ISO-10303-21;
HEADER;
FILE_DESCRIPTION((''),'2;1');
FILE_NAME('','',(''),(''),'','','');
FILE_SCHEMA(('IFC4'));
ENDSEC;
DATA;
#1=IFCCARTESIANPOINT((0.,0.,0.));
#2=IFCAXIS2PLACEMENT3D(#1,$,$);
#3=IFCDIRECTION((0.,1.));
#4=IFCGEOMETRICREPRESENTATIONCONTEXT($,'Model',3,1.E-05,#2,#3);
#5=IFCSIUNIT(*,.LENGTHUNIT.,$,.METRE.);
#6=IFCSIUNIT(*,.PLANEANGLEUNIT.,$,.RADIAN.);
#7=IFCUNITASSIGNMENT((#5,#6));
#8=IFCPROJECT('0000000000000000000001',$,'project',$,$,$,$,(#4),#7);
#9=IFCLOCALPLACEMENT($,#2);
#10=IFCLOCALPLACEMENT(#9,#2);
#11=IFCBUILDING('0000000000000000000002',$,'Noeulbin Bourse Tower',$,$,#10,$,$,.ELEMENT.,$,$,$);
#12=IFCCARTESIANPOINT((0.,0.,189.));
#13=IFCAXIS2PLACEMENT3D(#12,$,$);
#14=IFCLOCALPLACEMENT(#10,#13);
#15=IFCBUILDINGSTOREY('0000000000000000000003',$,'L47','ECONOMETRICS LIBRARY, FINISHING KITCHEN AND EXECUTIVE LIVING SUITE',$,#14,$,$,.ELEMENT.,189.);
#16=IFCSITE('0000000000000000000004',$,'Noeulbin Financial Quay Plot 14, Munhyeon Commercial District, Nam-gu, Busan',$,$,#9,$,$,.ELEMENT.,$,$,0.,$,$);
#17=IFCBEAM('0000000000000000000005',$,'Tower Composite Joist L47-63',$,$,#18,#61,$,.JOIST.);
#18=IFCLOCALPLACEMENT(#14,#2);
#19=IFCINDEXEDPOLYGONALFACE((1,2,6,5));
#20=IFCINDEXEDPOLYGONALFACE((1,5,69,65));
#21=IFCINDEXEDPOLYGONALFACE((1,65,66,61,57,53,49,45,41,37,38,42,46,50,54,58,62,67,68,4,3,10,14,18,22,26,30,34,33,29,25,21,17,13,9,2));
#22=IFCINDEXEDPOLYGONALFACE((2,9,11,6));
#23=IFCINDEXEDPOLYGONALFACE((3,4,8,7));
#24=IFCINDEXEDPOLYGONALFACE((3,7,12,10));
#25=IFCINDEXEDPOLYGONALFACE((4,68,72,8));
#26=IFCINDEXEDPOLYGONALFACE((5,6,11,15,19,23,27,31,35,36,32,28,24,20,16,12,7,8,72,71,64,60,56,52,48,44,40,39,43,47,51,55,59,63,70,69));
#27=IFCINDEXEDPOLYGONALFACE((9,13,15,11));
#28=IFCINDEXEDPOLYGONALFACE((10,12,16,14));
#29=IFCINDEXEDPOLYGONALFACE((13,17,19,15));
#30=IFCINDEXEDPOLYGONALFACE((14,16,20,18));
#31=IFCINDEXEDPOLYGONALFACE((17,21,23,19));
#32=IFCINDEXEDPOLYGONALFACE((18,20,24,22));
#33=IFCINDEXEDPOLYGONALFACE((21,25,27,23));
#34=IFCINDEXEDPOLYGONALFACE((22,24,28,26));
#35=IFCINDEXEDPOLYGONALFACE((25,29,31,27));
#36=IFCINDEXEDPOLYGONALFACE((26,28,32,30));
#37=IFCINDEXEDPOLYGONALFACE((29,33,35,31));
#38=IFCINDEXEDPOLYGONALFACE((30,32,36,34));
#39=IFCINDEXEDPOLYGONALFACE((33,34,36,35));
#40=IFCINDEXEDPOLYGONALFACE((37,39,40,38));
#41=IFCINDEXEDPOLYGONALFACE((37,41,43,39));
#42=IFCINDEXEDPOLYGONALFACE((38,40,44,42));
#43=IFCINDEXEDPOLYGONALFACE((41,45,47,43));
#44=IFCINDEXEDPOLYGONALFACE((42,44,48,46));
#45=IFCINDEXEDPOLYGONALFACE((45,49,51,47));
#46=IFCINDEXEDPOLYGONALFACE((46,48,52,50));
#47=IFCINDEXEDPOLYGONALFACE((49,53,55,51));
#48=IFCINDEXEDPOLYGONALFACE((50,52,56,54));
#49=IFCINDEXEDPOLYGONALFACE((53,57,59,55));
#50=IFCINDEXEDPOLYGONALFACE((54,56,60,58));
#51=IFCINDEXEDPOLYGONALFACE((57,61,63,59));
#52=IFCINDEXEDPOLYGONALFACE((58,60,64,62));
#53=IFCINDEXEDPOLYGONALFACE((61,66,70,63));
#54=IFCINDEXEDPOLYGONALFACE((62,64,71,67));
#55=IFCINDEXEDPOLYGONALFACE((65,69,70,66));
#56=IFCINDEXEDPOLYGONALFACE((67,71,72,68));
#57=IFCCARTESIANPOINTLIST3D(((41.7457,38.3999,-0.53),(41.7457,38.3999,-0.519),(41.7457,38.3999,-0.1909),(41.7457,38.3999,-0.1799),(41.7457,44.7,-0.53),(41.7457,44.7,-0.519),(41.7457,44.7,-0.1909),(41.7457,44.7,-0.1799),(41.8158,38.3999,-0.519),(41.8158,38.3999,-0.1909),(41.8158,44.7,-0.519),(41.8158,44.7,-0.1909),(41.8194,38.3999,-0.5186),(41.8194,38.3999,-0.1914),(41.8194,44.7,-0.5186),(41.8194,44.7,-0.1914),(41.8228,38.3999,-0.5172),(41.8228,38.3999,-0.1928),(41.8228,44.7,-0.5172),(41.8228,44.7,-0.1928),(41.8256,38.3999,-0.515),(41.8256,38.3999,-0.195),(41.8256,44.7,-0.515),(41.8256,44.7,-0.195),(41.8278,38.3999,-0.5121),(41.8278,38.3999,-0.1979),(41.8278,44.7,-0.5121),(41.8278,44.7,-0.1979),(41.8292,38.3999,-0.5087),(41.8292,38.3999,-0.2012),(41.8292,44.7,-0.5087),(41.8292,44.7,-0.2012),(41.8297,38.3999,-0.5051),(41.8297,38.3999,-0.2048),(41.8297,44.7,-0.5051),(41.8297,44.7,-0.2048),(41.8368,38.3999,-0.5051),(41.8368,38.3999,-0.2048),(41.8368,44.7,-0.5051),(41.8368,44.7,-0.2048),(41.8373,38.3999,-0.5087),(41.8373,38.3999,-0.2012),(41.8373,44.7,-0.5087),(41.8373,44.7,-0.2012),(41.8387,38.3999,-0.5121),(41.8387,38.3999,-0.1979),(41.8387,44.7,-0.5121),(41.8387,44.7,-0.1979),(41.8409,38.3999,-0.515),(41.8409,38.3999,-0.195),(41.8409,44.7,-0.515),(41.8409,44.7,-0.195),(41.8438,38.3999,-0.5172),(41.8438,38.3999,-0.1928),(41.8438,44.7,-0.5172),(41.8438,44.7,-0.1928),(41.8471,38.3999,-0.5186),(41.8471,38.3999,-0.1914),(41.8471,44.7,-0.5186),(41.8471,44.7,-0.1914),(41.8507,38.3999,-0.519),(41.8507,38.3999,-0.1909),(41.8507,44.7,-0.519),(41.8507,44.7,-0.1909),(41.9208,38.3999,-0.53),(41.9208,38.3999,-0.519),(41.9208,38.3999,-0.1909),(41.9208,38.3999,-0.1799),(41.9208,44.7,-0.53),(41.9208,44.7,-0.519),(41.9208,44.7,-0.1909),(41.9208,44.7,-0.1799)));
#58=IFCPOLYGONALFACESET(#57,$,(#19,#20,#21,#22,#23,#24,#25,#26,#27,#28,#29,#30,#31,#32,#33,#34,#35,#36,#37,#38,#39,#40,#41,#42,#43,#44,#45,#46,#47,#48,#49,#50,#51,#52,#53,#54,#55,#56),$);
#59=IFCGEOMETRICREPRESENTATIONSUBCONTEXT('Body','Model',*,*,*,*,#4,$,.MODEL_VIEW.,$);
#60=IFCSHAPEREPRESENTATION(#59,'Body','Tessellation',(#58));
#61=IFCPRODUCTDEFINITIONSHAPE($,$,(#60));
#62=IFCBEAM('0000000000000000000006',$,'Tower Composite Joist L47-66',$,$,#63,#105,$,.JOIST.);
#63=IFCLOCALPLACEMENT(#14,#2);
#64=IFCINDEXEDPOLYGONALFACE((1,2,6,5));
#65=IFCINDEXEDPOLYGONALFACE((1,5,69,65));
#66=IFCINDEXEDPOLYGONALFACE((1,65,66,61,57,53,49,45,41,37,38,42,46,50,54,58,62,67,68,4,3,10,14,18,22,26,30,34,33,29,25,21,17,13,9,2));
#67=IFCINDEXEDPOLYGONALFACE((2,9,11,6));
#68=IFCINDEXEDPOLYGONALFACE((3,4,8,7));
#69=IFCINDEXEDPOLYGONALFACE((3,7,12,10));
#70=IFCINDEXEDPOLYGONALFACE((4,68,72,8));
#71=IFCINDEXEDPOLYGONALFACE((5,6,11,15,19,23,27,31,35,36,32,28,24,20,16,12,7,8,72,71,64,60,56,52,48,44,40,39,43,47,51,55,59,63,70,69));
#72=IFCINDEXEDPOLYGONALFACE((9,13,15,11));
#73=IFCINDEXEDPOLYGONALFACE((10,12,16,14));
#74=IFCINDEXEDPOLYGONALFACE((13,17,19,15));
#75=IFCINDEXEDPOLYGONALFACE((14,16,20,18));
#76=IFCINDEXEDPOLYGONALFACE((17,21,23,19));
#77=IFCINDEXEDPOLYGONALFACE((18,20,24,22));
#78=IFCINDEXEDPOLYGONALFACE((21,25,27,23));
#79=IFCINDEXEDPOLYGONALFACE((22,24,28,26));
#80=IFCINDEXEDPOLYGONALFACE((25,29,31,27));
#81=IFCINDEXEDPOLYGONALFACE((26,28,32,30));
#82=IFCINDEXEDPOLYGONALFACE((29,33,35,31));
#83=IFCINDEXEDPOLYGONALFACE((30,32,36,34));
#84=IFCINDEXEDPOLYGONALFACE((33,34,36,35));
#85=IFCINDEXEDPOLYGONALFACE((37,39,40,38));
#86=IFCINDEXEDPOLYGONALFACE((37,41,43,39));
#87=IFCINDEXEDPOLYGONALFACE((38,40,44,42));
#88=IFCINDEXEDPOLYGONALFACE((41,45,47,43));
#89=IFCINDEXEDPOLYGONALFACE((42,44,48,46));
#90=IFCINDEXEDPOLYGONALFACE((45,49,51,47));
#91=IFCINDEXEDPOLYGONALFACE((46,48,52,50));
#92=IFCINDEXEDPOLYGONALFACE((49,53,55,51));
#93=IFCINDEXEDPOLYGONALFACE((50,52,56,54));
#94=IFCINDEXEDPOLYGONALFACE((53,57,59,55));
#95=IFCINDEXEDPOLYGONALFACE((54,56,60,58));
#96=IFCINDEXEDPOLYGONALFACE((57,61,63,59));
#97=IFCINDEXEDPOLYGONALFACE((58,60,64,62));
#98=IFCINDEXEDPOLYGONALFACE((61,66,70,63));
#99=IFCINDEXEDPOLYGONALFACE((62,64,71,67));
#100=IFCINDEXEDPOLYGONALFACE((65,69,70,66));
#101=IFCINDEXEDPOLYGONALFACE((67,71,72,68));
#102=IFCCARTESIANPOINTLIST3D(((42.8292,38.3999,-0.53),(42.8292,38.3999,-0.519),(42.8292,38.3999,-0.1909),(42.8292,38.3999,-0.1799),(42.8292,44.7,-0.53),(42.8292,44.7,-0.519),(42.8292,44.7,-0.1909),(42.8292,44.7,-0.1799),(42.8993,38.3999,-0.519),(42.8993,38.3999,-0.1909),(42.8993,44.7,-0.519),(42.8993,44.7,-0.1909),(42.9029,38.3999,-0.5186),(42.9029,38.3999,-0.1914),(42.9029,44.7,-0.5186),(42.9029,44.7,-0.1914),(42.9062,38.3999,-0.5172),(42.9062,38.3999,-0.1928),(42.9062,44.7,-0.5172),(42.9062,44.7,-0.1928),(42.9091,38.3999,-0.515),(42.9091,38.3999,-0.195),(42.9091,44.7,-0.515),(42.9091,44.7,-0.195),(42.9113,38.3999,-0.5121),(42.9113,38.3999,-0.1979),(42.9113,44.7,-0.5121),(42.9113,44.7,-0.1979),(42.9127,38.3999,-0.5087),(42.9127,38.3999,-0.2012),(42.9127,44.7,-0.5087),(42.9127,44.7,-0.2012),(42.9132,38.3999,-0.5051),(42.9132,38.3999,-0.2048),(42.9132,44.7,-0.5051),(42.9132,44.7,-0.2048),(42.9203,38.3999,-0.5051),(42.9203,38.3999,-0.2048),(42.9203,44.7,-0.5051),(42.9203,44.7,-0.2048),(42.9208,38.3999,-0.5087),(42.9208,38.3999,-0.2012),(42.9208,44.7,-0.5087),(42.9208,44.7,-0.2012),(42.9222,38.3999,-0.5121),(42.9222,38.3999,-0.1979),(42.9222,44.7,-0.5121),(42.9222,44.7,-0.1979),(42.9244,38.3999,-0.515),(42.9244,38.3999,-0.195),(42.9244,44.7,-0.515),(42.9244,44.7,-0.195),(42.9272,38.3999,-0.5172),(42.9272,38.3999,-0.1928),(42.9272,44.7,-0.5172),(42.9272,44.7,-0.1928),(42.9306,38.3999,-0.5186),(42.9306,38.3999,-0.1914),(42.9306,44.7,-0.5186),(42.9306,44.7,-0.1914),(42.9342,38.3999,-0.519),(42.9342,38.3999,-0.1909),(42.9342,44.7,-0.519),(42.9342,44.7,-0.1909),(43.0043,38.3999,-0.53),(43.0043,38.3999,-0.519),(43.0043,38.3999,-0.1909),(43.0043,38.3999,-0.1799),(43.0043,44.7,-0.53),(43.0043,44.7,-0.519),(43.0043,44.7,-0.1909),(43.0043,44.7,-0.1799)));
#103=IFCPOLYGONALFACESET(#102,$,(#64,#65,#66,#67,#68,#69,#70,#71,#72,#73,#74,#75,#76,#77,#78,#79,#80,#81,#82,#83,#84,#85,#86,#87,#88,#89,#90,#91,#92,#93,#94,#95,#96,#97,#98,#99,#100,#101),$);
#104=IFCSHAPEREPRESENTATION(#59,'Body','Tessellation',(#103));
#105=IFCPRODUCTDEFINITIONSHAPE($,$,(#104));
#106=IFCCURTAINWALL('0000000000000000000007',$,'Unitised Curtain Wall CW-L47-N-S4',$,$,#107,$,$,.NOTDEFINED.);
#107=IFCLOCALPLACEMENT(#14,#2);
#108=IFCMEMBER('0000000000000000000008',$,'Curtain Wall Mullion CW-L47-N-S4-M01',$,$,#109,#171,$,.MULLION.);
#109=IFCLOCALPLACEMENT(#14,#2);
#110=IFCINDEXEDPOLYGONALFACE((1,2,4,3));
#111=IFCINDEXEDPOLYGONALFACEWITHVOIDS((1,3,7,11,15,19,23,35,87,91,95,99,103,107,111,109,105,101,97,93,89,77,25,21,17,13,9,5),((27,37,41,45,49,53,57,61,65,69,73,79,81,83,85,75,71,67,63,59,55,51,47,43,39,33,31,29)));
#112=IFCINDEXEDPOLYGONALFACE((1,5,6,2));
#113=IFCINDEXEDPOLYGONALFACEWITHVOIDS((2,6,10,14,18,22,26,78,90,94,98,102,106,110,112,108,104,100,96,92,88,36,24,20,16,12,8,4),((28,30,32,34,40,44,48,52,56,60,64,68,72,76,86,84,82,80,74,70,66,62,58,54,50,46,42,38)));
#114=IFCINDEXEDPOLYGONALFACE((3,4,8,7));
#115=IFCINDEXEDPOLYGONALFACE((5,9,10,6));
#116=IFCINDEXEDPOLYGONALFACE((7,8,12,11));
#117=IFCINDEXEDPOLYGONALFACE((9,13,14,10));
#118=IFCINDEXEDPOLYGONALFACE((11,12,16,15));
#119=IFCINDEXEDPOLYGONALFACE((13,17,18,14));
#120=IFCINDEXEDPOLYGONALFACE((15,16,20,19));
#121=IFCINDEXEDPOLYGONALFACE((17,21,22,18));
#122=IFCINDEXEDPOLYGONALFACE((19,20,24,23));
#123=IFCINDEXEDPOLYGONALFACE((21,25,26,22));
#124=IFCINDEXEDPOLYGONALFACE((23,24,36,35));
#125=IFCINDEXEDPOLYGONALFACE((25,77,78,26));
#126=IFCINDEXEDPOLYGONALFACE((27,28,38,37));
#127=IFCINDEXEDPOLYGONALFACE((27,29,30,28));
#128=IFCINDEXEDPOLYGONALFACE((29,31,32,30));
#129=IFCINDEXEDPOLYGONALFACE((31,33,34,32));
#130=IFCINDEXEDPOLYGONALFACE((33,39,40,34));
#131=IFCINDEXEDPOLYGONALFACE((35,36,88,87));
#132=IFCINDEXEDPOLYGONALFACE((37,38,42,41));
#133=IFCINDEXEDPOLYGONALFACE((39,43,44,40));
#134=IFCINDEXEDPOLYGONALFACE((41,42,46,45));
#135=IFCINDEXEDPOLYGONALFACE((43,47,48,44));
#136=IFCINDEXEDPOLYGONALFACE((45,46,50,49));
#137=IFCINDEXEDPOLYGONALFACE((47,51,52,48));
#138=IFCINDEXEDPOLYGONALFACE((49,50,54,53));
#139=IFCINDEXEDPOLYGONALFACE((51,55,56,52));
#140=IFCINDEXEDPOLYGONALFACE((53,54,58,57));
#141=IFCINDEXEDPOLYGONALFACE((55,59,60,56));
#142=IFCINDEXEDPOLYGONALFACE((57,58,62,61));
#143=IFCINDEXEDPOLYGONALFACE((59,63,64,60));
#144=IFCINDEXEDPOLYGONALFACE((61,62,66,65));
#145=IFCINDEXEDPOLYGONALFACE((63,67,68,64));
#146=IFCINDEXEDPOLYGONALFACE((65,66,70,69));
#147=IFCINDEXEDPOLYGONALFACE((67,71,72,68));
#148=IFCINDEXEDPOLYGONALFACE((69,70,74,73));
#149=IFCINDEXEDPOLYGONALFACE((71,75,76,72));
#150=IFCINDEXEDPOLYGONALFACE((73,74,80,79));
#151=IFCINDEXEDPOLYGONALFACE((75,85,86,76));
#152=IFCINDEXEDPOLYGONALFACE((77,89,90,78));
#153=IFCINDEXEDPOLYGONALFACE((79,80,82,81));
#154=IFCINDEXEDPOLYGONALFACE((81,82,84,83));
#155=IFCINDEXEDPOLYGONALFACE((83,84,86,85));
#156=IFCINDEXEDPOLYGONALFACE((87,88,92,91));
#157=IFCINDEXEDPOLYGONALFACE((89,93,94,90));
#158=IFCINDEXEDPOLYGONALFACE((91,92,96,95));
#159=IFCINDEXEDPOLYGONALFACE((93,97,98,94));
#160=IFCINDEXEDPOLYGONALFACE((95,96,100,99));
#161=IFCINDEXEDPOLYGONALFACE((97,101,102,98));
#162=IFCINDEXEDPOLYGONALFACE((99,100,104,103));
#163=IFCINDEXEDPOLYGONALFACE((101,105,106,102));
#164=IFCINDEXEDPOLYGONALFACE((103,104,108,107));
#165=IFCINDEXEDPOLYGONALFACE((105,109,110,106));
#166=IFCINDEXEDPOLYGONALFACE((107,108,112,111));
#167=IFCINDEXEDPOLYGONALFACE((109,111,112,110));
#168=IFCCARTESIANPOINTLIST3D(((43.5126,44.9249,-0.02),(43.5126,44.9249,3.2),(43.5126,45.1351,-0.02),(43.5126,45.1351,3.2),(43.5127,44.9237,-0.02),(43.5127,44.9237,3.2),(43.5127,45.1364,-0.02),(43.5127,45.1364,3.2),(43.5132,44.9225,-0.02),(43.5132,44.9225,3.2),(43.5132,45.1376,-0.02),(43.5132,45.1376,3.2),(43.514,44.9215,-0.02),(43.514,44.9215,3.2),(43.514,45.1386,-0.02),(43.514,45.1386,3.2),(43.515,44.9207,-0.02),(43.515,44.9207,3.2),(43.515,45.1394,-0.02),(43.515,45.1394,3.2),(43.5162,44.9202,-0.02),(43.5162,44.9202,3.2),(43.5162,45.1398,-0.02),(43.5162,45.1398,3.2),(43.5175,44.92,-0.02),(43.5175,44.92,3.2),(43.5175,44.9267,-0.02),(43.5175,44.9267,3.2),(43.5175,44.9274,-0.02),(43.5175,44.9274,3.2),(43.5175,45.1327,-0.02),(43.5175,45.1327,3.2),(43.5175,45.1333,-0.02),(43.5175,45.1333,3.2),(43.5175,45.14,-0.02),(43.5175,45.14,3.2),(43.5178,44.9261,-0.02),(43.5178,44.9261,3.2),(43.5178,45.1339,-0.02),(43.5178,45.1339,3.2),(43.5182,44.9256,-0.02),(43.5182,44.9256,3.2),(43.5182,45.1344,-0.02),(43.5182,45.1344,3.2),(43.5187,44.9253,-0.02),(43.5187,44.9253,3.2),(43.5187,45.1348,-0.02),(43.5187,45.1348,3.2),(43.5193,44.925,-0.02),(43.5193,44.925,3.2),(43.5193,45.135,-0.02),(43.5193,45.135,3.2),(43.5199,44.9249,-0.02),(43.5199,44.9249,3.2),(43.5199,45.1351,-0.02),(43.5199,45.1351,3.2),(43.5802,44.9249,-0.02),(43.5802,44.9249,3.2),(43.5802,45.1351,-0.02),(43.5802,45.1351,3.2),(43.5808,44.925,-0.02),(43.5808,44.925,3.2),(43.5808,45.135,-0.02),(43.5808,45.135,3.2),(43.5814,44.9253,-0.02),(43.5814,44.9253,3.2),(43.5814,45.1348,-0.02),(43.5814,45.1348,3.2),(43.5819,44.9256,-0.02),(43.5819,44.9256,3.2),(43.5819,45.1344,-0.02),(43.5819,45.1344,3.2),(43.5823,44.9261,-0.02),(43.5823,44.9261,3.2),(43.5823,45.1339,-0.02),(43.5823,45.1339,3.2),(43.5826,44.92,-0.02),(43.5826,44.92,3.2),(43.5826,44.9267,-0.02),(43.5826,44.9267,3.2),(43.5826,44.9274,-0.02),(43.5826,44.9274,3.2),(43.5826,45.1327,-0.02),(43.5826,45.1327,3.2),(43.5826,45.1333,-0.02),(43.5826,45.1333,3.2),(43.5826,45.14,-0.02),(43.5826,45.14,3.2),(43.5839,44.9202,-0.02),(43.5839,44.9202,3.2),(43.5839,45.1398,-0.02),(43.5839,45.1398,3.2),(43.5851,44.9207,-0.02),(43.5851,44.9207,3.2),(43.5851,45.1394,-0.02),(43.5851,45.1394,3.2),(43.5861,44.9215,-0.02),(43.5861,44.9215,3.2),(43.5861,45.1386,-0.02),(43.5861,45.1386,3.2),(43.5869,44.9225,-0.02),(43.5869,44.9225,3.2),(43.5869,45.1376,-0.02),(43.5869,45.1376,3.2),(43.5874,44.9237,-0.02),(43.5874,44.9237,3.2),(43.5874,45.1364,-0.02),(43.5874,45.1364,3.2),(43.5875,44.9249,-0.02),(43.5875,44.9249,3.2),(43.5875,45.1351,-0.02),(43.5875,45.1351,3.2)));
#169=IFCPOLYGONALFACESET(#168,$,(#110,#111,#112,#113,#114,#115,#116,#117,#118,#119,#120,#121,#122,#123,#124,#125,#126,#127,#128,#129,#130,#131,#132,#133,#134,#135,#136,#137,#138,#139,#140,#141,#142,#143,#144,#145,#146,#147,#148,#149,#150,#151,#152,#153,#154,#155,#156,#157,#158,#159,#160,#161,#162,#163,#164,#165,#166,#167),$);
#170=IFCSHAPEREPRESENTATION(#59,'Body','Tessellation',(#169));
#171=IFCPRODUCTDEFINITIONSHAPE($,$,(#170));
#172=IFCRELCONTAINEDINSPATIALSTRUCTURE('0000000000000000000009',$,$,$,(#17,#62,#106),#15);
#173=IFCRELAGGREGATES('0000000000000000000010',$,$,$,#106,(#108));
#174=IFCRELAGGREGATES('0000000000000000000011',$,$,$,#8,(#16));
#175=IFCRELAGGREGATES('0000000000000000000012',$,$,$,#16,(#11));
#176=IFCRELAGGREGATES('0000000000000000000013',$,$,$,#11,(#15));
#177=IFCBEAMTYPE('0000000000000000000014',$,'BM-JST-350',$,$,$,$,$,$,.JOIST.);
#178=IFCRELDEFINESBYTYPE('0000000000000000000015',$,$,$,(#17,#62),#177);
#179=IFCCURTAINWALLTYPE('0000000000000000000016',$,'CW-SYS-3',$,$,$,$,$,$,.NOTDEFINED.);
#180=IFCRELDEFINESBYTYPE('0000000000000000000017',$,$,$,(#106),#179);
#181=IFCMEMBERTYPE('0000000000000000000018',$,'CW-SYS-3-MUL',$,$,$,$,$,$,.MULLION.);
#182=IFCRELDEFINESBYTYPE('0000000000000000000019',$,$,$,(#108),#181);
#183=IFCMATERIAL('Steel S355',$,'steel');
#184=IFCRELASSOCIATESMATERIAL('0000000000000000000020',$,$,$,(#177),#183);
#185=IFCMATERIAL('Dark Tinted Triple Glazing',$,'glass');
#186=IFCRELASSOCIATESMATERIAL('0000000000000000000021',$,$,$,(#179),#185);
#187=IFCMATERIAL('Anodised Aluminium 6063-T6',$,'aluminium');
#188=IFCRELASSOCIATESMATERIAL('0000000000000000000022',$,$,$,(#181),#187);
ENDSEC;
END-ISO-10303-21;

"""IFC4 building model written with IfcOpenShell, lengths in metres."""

from ifc_helpers import new_model, si_unit, direction, frame, origin, origin_2d, place, context, subcontext, project, spatial, hollow_rectangle, i_section, extrude, material, material_profile, profile_set, type_object, element, aggregate, save


model = new_model("IFC4")

# Units and contexts
model_context = context("Model", 3, precision=1e-05, world=origin(), true_north=direction((0.0, 1.0)))
body_context = subcontext(model_context, "Body", "Model", "MODEL_VIEW")
ifc_project = project(units=[si_unit("LENGTHUNIT", "METRE"), si_unit("PLANEANGLEUNIT", "RADIAN")], contexts=[model_context])

# Site, building, storey
site_placement = place(None, origin())
site = spatial("IfcSite", under=ifc_project, at=site_placement, Name="Noeulbin Financial Quay Plot 14, Munhyeon Commercial District, Nam-gu, Busan", CompositionType="ELEMENT", RefElevation=0.0)
building_placement = place(site_placement, origin())
building = spatial("IfcBuilding", under=site, at=building_placement, Name="Noeulbin Bourse Tower", CompositionType="ELEMENT")
storey_placement = place(building_placement, frame((0.0, 0.0, 189.0)))
storey = spatial("IfcBuildingStorey", under=building, at=storey_placement, Name="L47", Description="ECONOMETRICS LIBRARY, FINISHING KITCHEN AND EXECUTIVE LIVING SUITE", CompositionType="ELEMENT", Elevation=189.0)

# Shared definitions
ifc_material_1 = material(Name="Steel S355", Category="steel")

# Beams
ifc_material_profile_1 = material_profile(ifc_material_1, i_section(OverallWidth=0.175, OverallDepth=0.3501, WebThickness=0.0071, FlangeThickness=0.011, FilletRadius=0.0139, at=origin_2d()), Name="H-350x175x7x11", Category="LoadBearing")
ifc_profile_set_1 = profile_set([ifc_material_profile_1], Name="Steel S355")
beam_type = type_object("IfcBeamType", Name="BM-JST-350", PredefinedType="JOIST", material=ifc_profile_set_1)
for number, where, z_axis, x_axis, name in (
    (1, (41.8333, 38.3999, -0.355), (0.0, 1.0, 0.0), (-1.0, 0.0, 0.0), "Tower Composite Joist L47-63"),
    (2, (42.9167, 38.3999, -0.355), (0.0, 1.0, 0.0), (-1.0, 0.0, 0.0), "Tower Composite Joist L47-66"),
):
    element("IfcBeam", number, at=place(storey_placement, frame(where, z_axis=z_axis, x_axis=x_axis)), inside=storey, type_object=beam_type, Name=name, PredefinedType="JOIST", context=body_context, shape_type="SweptSolid", body=[
        extrude(i_section(OverallWidth=0.175, OverallDepth=0.3501, WebThickness=0.0071, FlangeThickness=0.011, FilletRadius=0.0139, at=origin_2d()), origin(), (0.0, 0.0, 1.0), 6.3),
    ])

# Curtain wall, member
ifc_material_2 = material(Name="Dark Tinted Triple Glazing", Category="glass")
curtain_wall_type = type_object("IfcCurtainWallType", Name="CW-SYS-3", PredefinedType="NOTDEFINED", material=ifc_material_2)
curtain_wall_1_placement = place(storey_placement, origin())
curtain_wall_1 = element("IfcCurtainWall", 3, at=curtain_wall_1_placement, inside=storey, type_object=curtain_wall_type, Name="Unitised Curtain Wall CW-L47-N-S4", PredefinedType="NOTDEFINED")
ifc_material_3 = material(Name="Anodised Aluminium 6063-T6", Category="aluminium")
ifc_material_profile_2 = material_profile(ifc_material_3, hollow_rectangle(XDim=0.075, YDim=0.22, WallThickness=0.0049, InnerFilletRadius=0.0024, OuterFilletRadius=0.0049, at=origin_2d()), Name="ALU-MULL-75x220x5", Category="LoadBearing")
ifc_profile_set_2 = profile_set([ifc_material_profile_2], Name="Anodised Aluminium 6063-T6")
member_type_1 = type_object("IfcMemberType", Name="CW-SYS-3-MUL", PredefinedType="MULLION", material=ifc_profile_set_2)
member_1_placement = place(storey_placement, frame((43.55, 45.03, -0.02), z_axis=(0.0, 0.0, 1.0), x_axis=(1.0, 0.0, 0.0)))
member_1 = element("IfcMember", 4, at=member_1_placement, type_object=member_type_1, Name="Curtain Wall Mullion CW-L47-N-S4-M01", PredefinedType="MULLION", context=body_context, shape_type="SweptSolid", body=[
    extrude(hollow_rectangle(XDim=0.075, YDim=0.22, WallThickness=0.0049, InnerFilletRadius=0.0024, OuterFilletRadius=0.0049, at=origin_2d()), origin(), (0.0, 0.0, 1.0), 3.22),
])

aggregate(curtain_wall_1, [member_1])

save(model, "model.ifc")
